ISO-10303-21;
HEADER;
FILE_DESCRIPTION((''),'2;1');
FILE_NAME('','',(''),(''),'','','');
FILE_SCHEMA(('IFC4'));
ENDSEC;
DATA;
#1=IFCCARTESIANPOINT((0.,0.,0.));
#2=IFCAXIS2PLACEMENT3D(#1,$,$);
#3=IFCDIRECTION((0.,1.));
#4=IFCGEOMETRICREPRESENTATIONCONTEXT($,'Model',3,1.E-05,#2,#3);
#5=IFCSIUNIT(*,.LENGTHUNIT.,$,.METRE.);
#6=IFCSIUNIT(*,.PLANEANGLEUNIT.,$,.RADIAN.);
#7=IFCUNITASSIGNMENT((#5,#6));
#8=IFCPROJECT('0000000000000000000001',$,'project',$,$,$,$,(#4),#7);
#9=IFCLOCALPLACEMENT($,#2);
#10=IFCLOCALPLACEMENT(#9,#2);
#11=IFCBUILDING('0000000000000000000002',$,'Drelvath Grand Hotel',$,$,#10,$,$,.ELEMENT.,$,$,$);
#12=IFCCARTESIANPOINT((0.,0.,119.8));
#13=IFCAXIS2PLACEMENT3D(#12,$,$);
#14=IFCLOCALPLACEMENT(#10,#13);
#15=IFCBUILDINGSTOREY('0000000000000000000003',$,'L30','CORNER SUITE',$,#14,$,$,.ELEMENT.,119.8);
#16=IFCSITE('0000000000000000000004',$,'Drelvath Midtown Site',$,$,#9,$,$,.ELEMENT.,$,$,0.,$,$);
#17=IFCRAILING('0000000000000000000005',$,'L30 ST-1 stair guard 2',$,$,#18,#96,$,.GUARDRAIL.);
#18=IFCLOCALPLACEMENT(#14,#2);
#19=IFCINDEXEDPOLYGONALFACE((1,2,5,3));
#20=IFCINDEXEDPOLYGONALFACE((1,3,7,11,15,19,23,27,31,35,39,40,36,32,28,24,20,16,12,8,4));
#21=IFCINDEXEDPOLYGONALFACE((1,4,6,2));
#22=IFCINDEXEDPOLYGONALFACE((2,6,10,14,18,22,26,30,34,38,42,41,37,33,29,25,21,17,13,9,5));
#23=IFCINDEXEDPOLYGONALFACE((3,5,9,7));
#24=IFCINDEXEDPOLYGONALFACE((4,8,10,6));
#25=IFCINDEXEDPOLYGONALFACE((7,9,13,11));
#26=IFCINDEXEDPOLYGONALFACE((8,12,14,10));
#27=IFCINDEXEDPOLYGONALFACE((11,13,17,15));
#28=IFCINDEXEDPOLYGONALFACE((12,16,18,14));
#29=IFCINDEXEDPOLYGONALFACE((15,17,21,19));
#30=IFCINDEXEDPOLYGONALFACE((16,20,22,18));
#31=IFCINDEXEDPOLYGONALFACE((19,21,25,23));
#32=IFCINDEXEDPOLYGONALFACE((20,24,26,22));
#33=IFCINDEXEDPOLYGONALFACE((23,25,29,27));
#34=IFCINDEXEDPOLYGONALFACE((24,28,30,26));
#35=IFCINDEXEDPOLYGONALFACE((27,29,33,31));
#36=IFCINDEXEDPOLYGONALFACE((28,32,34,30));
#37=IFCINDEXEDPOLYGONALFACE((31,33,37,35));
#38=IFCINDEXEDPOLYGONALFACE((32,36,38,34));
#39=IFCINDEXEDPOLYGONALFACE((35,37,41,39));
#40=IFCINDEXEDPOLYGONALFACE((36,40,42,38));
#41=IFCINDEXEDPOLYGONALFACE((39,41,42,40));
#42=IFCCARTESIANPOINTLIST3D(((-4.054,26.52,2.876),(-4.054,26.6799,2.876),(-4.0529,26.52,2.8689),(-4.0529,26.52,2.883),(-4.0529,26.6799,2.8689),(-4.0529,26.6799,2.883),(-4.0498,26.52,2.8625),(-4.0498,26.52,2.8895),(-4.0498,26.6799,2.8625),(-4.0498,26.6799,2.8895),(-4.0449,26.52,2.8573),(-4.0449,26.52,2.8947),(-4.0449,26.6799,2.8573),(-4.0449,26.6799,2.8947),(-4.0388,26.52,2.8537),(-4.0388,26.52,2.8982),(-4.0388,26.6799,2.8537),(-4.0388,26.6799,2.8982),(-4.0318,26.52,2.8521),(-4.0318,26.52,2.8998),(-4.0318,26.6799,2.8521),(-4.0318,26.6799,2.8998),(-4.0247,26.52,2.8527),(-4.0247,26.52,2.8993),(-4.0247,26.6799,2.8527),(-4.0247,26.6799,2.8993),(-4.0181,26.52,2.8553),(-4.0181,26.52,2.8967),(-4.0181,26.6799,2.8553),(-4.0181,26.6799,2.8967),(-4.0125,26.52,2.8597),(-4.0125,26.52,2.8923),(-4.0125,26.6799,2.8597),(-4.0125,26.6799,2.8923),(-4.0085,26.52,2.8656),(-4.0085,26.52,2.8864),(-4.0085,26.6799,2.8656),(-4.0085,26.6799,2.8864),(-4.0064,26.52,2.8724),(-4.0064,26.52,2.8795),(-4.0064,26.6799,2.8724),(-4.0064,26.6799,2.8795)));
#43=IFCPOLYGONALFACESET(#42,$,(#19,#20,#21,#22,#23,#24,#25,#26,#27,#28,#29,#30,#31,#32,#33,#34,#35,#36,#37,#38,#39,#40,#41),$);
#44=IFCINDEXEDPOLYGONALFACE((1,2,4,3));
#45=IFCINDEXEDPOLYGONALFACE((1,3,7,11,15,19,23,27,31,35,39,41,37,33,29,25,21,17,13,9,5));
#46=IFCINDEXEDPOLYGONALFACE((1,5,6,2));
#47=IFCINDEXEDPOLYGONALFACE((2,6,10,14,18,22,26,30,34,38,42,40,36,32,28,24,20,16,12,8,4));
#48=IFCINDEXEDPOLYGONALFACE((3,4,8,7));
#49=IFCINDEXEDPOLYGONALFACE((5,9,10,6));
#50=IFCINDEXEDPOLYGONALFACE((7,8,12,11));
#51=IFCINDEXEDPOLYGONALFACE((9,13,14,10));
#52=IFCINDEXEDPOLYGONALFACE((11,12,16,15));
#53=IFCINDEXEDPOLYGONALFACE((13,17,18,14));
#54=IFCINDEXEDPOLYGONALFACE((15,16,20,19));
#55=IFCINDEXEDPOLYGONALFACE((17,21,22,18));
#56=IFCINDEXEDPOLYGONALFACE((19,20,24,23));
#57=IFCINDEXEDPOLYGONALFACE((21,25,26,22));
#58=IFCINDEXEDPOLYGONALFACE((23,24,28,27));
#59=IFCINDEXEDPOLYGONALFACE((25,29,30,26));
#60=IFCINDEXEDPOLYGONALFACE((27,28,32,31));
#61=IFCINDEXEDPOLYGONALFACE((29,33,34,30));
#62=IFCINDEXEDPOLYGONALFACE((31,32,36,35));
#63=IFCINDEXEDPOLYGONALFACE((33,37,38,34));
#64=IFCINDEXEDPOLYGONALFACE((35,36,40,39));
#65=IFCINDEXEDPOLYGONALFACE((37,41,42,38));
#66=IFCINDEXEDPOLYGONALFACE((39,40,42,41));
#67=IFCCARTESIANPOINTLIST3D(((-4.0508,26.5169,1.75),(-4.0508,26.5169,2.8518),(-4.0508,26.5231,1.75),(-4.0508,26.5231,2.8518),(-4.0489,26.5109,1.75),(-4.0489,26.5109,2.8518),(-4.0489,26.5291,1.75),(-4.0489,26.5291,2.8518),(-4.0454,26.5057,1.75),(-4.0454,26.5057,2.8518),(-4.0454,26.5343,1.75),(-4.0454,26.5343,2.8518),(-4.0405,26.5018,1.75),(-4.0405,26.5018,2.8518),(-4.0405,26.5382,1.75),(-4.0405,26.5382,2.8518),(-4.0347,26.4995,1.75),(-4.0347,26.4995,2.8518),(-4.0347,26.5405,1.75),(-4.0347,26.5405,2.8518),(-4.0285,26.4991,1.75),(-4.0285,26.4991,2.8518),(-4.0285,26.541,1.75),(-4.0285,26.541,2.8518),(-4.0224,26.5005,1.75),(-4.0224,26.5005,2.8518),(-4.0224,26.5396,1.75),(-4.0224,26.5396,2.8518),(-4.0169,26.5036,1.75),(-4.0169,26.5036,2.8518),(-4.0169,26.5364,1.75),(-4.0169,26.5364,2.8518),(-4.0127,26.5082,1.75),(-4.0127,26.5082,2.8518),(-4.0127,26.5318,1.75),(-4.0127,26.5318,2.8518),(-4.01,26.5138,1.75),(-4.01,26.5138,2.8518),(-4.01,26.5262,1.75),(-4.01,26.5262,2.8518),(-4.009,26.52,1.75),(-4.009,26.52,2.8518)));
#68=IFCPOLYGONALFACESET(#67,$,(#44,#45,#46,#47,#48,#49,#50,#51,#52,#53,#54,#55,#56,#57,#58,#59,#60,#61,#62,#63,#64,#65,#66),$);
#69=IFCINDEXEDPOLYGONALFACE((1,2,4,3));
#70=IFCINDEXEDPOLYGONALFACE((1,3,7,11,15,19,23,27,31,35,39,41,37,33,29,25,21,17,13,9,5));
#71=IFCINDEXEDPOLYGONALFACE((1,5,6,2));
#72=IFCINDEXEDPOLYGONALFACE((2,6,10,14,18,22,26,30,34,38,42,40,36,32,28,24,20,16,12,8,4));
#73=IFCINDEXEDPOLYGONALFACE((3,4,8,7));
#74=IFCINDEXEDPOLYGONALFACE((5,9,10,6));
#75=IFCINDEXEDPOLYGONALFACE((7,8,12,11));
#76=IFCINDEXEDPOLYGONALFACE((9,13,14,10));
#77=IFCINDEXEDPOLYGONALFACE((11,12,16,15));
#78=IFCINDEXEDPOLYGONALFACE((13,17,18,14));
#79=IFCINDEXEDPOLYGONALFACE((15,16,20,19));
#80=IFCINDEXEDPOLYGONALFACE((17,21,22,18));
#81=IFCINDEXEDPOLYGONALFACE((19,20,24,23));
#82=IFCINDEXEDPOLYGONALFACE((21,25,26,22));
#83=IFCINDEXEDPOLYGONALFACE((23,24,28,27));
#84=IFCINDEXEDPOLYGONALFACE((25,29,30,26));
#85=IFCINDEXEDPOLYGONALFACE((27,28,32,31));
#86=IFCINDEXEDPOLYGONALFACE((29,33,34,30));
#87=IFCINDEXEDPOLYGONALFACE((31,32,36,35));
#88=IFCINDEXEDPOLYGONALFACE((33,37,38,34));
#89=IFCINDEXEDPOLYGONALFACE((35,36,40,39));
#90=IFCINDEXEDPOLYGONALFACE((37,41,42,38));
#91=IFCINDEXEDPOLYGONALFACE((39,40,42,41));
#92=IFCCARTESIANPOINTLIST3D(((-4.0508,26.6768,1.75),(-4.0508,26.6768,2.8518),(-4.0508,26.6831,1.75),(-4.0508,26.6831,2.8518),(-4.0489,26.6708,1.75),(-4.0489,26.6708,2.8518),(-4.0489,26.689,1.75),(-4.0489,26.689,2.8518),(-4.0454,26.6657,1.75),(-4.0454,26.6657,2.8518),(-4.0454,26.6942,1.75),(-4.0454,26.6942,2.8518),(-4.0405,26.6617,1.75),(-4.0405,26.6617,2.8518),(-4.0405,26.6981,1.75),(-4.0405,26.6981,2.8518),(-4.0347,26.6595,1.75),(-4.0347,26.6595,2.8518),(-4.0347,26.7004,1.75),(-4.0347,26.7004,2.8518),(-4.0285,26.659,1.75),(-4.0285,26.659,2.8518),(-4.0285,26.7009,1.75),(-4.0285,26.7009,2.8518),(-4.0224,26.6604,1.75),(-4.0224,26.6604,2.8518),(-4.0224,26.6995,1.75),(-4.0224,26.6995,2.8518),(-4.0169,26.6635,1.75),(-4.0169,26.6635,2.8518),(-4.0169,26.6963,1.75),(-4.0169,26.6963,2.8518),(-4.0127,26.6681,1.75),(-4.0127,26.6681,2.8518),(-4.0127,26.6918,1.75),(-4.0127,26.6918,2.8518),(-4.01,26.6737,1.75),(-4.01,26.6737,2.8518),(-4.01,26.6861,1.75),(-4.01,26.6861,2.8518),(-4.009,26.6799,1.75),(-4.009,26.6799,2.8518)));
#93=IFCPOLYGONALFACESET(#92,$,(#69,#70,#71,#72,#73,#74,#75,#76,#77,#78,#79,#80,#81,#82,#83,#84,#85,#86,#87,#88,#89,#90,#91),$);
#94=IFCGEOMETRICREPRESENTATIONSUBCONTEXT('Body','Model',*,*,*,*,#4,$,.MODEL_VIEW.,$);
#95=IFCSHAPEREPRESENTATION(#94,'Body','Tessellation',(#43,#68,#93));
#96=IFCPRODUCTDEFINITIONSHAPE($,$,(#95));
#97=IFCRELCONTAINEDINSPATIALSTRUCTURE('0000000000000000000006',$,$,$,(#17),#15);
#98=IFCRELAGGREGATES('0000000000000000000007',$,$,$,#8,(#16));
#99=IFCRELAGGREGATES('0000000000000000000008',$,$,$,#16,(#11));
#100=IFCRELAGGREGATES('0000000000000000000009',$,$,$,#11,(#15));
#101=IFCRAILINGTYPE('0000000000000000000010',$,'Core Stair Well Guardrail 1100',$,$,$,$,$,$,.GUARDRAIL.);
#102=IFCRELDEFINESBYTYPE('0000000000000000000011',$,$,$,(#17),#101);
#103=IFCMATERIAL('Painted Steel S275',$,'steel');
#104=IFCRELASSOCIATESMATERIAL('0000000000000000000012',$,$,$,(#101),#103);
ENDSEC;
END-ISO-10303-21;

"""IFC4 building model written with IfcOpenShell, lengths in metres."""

from ifc_helpers import new_model, si_unit, direction, frame, origin, origin_2d, place, context, subcontext, project, spatial, circle, extrude, material, type_object, element, save


model = new_model("IFC4")

# Units and contexts
model_context = context("Model", 3, precision=1e-05, world=origin(), true_north=direction((0.0, 1.0)))
body_context = subcontext(model_context, "Body", "Model", "MODEL_VIEW")
ifc_project = project(units=[si_unit("LENGTHUNIT", "METRE"), si_unit("PLANEANGLEUNIT", "RADIAN")], contexts=[model_context])

# Site, building, storey
site_placement = place(None, origin())
site = spatial("IfcSite", under=ifc_project, at=site_placement, Name="Drelvath Midtown Site", CompositionType="ELEMENT", RefElevation=0.0)
building_placement = place(site_placement, origin())
building = spatial("IfcBuilding", under=site, at=building_placement, Name="Drelvath Grand Hotel", CompositionType="ELEMENT")
storey_placement = place(building_placement, frame((0.0, 0.0, 119.8)))
storey = spatial("IfcBuildingStorey", under=building, at=storey_placement, Name="L30", Description="CORNER SUITE", CompositionType="ELEMENT", Elevation=119.8)

# Shared definitions
ifc_material_1 = material(Name="Painted Steel S275", Category="steel")

# Railing
railing_type_1 = type_object("IfcRailingType", Name="Core Stair Well Guardrail 1100", PredefinedType="GUARDRAIL", material=ifc_material_1)
railing_1_placement = place(storey_placement, frame((-4.03, 26.52, 1.75)))
element("IfcRailing", 1, at=railing_1_placement, inside=storey, type_object=railing_type_1, Name="L30 ST-1 stair guard 2", PredefinedType="GUARDRAIL", context=body_context, shape_type="SweptSolid", body=[
    extrude(circle(Radius=0.0239, at=origin_2d()), frame((0.0, 0.0, 1.126), z_axis=(0.0, 1.0, 0.0), x_axis=(-1.0, 0.0, 0.0)), (0.0, 0.0, 1.0), 0.1599),
    extrude(circle(Radius=0.021, at=origin_2d()), origin(), (0.0, 0.0, 1.0), 1.1018),
    extrude(circle(Radius=0.021, at=origin_2d()), frame((0.0, 0.1599, 0.0)), (0.0, 0.0, 1.0), 1.1018),
])

save(model, "model.ifc")
